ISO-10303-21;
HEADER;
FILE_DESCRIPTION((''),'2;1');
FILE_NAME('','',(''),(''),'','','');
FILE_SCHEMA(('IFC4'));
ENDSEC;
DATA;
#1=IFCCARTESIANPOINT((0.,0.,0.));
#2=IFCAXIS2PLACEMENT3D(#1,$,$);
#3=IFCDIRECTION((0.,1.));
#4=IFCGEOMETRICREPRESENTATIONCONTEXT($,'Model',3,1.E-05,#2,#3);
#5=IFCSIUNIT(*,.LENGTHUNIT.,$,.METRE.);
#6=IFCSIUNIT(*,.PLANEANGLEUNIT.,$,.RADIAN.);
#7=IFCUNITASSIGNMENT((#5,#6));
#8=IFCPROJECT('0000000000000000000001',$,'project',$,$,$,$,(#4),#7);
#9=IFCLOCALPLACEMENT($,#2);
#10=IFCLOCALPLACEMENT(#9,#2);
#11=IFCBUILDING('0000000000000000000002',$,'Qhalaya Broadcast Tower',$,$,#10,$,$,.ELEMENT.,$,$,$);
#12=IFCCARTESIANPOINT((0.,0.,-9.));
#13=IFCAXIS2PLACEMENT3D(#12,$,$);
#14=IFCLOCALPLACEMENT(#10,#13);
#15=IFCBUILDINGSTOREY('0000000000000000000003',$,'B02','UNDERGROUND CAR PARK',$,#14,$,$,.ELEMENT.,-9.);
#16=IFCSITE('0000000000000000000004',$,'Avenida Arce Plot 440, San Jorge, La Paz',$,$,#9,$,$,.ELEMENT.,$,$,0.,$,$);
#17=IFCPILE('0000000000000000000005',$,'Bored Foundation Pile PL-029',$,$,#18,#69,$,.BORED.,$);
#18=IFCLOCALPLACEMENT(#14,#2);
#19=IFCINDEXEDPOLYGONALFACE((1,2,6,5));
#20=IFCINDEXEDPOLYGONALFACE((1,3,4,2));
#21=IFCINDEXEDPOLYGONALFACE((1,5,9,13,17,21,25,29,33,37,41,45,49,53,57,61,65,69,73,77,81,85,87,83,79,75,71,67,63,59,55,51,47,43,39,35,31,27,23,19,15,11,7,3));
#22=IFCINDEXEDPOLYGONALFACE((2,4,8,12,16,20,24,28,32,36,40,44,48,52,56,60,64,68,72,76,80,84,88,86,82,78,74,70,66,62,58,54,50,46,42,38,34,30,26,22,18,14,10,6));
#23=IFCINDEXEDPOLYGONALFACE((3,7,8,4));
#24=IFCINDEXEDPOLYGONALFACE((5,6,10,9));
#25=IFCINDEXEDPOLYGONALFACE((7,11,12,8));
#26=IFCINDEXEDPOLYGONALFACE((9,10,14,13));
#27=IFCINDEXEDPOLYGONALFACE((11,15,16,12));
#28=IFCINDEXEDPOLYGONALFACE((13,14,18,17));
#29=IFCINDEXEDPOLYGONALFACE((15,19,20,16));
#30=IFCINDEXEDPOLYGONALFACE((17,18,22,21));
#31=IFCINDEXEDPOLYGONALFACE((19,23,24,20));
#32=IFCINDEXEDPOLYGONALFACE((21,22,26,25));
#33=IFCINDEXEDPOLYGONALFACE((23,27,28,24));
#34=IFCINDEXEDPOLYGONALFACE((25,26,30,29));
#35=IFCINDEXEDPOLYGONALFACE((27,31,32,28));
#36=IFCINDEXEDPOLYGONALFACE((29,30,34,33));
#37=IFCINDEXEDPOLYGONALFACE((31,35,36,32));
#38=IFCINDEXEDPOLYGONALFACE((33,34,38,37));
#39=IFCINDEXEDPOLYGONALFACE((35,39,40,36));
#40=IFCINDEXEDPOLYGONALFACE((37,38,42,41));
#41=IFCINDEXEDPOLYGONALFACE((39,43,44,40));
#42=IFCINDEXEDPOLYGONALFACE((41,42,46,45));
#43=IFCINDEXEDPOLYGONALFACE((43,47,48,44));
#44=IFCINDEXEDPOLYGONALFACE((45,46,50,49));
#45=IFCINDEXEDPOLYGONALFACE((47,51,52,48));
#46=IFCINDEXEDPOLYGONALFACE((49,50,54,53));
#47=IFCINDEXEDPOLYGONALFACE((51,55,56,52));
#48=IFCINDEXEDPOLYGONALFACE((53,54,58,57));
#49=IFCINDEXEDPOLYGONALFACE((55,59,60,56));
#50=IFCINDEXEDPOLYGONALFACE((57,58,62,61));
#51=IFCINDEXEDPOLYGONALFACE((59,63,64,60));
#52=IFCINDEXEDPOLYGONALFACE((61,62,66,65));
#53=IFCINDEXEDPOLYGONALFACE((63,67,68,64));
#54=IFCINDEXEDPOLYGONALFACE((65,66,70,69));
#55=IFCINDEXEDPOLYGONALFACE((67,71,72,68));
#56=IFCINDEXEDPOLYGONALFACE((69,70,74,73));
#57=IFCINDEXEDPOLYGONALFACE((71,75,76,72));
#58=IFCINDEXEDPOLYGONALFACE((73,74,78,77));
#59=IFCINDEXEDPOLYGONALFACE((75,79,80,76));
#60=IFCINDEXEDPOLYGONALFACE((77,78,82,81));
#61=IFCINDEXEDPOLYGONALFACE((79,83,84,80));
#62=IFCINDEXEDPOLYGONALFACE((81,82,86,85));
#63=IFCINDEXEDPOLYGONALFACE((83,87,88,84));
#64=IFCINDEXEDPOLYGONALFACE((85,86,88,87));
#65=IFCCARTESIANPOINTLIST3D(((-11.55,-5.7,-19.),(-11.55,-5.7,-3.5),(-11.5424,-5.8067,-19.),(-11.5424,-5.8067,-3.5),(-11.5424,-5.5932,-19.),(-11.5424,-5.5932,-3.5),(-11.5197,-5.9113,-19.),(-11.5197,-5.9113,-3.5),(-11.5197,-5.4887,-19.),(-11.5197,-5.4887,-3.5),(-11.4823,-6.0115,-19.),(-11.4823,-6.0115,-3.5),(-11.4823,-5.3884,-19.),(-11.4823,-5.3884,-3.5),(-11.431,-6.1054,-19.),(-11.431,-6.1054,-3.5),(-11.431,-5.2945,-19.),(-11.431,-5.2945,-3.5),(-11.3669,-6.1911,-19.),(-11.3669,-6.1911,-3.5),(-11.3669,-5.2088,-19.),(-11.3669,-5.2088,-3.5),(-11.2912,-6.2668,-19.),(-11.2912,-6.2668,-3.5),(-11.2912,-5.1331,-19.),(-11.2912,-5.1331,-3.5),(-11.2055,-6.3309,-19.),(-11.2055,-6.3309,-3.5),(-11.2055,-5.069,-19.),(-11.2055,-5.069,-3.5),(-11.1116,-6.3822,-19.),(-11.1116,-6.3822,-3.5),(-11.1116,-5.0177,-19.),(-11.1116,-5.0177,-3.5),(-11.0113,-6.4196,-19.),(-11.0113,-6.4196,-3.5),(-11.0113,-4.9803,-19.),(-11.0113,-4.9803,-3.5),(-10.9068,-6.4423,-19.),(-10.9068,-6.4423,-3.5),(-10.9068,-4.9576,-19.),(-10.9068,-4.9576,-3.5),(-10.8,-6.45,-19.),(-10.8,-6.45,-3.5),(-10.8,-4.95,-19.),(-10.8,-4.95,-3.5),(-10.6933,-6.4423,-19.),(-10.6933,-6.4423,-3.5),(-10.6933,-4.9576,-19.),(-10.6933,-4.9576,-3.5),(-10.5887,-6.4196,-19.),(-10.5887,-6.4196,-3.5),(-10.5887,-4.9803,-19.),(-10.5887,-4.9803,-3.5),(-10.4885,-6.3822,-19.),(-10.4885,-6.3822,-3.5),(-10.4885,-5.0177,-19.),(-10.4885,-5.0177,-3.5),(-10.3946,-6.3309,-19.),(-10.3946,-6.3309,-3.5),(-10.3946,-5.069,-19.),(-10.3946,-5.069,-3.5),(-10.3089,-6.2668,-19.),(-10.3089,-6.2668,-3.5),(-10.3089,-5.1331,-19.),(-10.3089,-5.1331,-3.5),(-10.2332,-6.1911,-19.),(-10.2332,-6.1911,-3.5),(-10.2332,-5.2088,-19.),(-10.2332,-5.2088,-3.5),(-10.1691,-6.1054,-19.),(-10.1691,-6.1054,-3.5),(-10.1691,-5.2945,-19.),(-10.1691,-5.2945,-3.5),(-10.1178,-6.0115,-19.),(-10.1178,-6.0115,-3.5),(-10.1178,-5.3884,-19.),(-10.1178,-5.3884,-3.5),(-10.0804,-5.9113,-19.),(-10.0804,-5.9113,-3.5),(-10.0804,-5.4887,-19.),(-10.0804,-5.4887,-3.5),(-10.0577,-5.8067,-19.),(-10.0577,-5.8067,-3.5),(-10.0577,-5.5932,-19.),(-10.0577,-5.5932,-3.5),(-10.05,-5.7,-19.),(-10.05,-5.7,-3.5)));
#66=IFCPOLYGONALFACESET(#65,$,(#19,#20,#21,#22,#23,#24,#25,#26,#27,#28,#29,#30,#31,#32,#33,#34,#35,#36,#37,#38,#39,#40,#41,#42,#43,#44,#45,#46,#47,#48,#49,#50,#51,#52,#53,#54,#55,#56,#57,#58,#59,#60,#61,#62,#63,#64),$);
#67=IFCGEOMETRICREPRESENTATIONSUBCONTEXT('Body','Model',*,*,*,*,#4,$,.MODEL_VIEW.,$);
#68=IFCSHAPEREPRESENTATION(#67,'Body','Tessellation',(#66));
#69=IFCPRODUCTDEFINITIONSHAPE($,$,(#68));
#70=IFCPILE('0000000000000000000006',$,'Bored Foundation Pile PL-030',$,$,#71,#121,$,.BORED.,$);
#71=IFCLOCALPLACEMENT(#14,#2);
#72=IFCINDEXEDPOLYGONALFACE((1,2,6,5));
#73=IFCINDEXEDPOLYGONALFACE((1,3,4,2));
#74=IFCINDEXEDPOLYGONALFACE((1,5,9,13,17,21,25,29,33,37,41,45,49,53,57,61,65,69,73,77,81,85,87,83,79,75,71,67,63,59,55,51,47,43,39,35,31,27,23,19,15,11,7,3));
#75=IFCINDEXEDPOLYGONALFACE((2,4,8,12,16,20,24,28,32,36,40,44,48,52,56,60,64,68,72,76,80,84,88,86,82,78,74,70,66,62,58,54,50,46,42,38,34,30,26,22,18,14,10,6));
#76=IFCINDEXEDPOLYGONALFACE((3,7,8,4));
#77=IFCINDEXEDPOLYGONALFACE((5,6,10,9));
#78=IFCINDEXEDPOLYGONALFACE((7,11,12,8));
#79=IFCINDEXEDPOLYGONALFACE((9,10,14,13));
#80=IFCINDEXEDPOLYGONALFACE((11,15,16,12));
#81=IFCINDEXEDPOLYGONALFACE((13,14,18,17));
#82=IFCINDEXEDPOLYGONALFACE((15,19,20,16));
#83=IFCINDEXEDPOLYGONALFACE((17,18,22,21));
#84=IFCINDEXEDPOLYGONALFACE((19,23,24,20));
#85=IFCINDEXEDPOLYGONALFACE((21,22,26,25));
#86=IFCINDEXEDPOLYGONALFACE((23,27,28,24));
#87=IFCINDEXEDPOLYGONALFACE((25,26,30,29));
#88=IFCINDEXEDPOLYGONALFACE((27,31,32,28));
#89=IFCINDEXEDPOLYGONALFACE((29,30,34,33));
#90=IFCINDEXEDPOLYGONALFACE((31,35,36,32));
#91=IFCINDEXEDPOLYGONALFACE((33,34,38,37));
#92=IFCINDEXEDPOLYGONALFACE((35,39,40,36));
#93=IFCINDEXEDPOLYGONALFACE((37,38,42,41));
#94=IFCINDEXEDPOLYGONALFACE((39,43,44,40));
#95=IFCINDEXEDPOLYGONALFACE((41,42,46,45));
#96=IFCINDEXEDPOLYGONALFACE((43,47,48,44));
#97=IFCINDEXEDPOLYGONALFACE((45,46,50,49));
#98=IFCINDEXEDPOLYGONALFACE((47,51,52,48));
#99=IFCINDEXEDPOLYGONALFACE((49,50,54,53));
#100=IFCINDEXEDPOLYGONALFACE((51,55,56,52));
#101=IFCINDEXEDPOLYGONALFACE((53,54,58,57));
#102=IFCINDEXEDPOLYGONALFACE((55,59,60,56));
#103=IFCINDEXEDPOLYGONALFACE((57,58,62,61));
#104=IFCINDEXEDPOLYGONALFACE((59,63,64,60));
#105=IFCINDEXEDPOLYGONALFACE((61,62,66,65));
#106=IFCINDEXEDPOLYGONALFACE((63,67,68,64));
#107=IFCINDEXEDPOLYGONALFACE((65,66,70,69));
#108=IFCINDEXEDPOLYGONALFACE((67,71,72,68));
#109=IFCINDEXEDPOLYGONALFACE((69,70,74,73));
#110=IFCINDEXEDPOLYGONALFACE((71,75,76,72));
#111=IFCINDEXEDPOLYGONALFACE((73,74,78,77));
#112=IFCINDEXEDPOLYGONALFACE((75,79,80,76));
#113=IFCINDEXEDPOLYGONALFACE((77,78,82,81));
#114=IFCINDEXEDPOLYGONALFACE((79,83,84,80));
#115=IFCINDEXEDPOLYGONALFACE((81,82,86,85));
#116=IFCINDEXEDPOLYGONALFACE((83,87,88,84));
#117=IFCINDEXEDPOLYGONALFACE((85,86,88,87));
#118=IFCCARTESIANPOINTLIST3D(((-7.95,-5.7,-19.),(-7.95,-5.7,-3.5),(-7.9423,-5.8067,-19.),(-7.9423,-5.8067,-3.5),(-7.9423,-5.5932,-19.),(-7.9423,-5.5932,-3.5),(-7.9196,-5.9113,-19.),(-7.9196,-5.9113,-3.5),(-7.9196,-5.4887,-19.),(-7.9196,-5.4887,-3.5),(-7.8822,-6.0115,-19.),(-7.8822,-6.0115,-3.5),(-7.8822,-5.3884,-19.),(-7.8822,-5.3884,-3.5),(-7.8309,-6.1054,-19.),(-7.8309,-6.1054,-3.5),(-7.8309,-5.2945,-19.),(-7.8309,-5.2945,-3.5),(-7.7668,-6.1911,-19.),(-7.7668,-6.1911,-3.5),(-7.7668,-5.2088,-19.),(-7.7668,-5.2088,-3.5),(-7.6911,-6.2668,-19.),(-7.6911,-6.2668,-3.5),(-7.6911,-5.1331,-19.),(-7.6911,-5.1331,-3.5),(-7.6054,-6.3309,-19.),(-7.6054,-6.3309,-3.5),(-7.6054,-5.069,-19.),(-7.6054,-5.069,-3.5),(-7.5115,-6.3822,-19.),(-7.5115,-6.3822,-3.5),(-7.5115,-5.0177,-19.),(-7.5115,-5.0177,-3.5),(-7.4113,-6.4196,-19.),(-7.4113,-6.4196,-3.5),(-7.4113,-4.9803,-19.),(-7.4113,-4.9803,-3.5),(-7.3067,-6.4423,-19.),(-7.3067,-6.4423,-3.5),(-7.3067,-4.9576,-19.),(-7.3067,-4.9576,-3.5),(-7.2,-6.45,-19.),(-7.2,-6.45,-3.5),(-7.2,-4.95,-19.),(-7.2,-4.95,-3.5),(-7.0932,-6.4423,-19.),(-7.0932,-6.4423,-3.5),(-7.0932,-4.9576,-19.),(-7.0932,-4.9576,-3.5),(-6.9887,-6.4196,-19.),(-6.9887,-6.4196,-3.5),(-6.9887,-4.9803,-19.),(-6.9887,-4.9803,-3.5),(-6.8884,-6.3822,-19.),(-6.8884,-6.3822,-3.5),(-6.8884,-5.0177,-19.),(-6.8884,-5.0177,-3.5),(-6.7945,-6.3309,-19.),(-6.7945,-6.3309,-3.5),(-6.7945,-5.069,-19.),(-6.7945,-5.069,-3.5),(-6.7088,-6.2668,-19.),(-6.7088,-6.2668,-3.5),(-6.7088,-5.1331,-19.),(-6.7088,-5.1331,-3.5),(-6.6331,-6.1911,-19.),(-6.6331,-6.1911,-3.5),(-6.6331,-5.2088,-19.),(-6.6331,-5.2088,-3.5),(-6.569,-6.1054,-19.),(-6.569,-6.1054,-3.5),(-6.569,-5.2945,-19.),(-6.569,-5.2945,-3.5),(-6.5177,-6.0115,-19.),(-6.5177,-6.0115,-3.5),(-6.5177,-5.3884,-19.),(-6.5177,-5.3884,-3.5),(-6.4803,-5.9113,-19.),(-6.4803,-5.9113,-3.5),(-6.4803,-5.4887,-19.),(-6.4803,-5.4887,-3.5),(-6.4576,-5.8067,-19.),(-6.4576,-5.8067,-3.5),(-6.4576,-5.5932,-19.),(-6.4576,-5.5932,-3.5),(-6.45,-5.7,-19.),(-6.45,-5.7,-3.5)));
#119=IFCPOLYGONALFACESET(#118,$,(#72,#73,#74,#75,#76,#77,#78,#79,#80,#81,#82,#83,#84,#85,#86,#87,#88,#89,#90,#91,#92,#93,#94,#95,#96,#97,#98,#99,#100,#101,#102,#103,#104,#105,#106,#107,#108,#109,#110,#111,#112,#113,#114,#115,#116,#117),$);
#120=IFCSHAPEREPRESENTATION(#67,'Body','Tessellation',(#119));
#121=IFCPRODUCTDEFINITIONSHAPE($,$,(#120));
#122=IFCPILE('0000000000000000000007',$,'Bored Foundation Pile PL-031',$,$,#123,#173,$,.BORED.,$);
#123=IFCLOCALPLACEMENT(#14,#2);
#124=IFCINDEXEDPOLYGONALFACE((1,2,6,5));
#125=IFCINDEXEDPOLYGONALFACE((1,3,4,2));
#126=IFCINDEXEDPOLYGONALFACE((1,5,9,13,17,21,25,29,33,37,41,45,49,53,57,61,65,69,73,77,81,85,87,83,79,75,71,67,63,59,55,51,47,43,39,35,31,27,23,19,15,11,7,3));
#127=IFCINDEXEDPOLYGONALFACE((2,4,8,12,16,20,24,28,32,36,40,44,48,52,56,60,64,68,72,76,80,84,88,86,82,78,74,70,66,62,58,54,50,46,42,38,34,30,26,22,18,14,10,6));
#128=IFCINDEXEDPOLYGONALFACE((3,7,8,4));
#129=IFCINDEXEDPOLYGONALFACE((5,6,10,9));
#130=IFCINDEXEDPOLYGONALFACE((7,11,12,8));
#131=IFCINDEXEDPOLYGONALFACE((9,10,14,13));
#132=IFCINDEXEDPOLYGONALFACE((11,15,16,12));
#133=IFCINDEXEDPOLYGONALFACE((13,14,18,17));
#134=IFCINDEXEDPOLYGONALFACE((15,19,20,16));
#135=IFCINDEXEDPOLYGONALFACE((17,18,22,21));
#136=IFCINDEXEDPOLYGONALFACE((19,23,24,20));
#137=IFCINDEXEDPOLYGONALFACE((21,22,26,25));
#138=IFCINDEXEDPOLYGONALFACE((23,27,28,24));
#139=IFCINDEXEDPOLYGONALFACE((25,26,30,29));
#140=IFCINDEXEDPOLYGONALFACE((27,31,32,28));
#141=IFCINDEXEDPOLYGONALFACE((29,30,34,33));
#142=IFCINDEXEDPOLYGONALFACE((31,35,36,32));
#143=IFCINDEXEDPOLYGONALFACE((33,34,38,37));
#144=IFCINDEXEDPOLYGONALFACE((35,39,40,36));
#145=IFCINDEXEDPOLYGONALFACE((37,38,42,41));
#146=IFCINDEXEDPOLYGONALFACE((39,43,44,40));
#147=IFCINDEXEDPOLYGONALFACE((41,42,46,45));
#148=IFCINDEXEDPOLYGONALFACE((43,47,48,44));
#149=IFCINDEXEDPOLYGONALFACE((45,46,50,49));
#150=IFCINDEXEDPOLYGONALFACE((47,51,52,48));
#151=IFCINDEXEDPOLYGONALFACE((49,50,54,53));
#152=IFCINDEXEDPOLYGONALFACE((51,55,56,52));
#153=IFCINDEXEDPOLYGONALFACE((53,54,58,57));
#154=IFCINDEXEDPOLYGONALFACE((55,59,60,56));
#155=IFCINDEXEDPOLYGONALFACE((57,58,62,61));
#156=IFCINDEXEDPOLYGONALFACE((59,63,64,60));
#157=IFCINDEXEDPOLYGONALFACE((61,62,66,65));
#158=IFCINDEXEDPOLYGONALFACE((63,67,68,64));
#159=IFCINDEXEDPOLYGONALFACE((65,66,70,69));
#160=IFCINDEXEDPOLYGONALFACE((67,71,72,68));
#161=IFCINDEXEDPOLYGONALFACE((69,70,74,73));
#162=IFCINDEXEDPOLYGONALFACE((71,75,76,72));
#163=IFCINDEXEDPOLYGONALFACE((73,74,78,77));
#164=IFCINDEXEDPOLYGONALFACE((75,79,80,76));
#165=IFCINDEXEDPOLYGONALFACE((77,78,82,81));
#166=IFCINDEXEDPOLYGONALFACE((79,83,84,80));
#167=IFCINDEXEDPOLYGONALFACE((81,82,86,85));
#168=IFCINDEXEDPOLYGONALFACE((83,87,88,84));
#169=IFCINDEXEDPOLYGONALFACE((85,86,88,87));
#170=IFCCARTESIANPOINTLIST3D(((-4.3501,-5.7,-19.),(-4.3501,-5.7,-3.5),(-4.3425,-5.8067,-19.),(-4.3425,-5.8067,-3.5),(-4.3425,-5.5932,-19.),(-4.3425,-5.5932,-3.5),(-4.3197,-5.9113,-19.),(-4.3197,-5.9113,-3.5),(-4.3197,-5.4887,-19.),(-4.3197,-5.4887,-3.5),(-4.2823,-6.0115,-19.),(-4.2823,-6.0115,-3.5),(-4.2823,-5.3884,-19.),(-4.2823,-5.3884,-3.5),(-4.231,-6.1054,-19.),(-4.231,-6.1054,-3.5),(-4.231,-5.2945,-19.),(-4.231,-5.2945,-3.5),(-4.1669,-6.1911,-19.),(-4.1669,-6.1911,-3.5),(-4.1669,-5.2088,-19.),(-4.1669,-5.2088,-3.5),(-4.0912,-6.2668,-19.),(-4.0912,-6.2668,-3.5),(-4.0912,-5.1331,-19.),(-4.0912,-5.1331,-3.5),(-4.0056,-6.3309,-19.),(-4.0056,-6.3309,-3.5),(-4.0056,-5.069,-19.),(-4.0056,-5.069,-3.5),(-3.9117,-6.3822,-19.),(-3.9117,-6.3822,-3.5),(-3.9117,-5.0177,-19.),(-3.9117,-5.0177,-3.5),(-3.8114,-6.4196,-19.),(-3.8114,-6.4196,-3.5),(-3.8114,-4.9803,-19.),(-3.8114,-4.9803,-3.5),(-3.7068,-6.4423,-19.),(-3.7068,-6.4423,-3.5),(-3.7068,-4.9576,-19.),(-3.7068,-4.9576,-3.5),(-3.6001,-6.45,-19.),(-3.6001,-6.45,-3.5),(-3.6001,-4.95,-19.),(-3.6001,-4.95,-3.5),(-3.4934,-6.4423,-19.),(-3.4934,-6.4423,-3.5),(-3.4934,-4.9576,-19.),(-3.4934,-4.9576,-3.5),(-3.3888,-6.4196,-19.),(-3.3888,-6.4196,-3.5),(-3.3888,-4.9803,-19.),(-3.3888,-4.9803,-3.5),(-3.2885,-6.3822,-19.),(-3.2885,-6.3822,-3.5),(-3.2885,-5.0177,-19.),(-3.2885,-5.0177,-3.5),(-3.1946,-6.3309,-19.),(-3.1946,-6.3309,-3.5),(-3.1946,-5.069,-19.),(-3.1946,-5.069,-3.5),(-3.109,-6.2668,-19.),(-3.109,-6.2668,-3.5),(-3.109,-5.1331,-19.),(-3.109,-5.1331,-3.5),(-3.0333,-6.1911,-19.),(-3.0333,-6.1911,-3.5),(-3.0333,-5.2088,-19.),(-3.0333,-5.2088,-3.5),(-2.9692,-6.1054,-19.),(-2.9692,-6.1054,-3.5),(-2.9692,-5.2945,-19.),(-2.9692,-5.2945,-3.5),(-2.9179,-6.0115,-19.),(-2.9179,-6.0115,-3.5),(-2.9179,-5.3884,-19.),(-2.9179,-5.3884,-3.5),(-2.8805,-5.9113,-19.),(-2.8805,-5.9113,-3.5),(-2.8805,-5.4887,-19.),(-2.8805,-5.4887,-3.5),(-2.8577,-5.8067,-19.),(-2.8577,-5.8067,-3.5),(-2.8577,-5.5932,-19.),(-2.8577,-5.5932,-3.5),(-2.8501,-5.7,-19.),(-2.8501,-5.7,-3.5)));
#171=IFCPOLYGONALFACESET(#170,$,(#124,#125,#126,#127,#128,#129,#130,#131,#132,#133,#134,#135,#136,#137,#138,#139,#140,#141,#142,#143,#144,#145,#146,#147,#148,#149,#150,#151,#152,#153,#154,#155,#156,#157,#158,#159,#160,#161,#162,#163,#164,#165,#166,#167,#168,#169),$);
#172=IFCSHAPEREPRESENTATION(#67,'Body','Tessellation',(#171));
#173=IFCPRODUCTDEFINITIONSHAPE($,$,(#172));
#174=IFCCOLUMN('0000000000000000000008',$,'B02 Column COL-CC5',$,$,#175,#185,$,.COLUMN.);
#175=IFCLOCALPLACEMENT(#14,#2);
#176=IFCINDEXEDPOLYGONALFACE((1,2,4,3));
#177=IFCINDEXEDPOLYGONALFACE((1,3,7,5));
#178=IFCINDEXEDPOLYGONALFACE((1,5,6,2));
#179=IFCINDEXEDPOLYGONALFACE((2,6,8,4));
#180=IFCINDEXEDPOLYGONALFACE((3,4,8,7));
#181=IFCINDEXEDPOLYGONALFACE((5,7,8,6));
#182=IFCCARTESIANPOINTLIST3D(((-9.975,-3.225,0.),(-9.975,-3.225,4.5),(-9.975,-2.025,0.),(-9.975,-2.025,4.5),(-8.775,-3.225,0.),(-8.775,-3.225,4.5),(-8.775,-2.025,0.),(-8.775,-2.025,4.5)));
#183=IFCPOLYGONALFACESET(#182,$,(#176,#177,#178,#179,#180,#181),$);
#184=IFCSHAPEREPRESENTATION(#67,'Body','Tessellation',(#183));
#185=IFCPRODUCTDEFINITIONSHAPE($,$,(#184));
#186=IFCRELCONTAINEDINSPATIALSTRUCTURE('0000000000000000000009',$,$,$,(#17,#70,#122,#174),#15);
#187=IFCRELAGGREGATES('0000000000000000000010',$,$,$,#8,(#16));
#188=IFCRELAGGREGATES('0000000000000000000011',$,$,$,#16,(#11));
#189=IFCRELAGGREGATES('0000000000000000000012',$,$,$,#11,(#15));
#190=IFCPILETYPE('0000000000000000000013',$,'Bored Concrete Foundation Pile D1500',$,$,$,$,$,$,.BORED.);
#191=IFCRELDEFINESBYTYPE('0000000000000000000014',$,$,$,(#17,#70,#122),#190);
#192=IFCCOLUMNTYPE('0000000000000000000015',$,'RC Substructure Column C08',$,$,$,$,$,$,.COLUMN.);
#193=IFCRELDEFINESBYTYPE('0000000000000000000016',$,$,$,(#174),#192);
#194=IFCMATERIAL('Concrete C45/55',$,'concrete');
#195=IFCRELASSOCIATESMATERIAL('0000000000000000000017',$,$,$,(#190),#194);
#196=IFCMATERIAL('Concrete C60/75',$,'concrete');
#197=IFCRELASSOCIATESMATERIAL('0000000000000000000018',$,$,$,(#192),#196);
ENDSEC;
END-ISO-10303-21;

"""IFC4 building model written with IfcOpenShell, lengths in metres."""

from ifc_helpers import new_model, si_unit, direction, frame, origin, origin_2d, place, context, subcontext, project, spatial, rectangle, circle, extrude, material, material_profile, profile_set, type_object, element, save


model = new_model("IFC4")

# Units and contexts
model_context = context("Model", 3, precision=1e-05, world=origin(), true_north=direction((0.0, 1.0)))
body_context = subcontext(model_context, "Body", "Model", "MODEL_VIEW")
ifc_project = project(units=[si_unit("LENGTHUNIT", "METRE"), si_unit("PLANEANGLEUNIT", "RADIAN")], contexts=[model_context])

# Site, building, storey
site_placement = place(None, origin())
site = spatial("IfcSite", under=ifc_project, at=site_placement, Name="Avenida Arce Plot 440, San Jorge, La Paz", CompositionType="ELEMENT", RefElevation=0.0)
building_placement = place(site_placement, origin())
building = spatial("IfcBuilding", under=site, at=building_placement, Name="Qhalaya Broadcast Tower", CompositionType="ELEMENT")
storey_placement = place(building_placement, frame((0.0, 0.0, -9.0)))
storey = spatial("IfcBuildingStorey", under=building, at=storey_placement, Name="B02", Description="UNDERGROUND CAR PARK", CompositionType="ELEMENT", Elevation=-9.0)

# Piles
ifc_material_1 = material(Name="Concrete C45/55", Category="concrete")
ifc_material_profile_1 = material_profile(ifc_material_1, circle(Radius=0.75, at=origin_2d()), Name="PILE D1500")
ifc_profile_set_1 = profile_set([ifc_material_profile_1], Name="Concrete C45/55")
pile_type = type_object("IfcPileType", Name="Bored Concrete Foundation Pile D1500", PredefinedType="BORED", material=ifc_profile_set_1)
for number, where, z_axis, x_axis, name in (
    (1, (-10.8, -5.7, -3.5), (0.0, 0.0, -1.0), (1.0, 0.0, 0.0), "Bored Foundation Pile PL-029"),
    (2, (-7.2, -5.7, -3.5), (0.0, 0.0, -1.0), (1.0, 0.0, 0.0), "Bored Foundation Pile PL-030"),
    (3, (-3.6001, -5.7, -3.5), (0.0, 0.0, -1.0), (1.0, 0.0, 0.0), "Bored Foundation Pile PL-031"),
):
    element("IfcPile", number, at=place(storey_placement, frame(where, z_axis=z_axis, x_axis=x_axis)), inside=storey, type_object=pile_type, Name=name, PredefinedType="BORED", context=body_context, shape_type="SweptSolid", body=[
        extrude(circle(Radius=0.75, at=origin_2d()), origin(), (0.0, 0.0, 1.0), 15.5),
    ])

# Column
ifc_material_2 = material(Name="Concrete C60/75", Category="concrete")
ifc_material_profile_2 = material_profile(ifc_material_2, rectangle(XDim=1.2, YDim=1.2, at=origin_2d()), Name="RC-COL 1200x1200")
ifc_profile_set_2 = profile_set([ifc_material_profile_2], Name="Concrete C60/75")
column_type = type_object("IfcColumnType", Name="RC Substructure Column C08", PredefinedType="COLUMN", material=ifc_profile_set_2)
column_placement = place(storey_placement, frame((-9.375, -2.625, 0.0), z_axis=(0.0, 0.0, 1.0), x_axis=(1.0, 0.0, 0.0)))
element("IfcColumn", 4, at=column_placement, inside=storey, type_object=column_type, Name="B02 Column COL-CC5", PredefinedType="COLUMN", context=body_context, shape_type="SweptSolid", body=[
    extrude(rectangle(XDim=1.2, YDim=1.2, at=origin_2d()), origin(), (0.0, 0.0, 1.0), 4.5),
])

save(model, "model.ifc")
